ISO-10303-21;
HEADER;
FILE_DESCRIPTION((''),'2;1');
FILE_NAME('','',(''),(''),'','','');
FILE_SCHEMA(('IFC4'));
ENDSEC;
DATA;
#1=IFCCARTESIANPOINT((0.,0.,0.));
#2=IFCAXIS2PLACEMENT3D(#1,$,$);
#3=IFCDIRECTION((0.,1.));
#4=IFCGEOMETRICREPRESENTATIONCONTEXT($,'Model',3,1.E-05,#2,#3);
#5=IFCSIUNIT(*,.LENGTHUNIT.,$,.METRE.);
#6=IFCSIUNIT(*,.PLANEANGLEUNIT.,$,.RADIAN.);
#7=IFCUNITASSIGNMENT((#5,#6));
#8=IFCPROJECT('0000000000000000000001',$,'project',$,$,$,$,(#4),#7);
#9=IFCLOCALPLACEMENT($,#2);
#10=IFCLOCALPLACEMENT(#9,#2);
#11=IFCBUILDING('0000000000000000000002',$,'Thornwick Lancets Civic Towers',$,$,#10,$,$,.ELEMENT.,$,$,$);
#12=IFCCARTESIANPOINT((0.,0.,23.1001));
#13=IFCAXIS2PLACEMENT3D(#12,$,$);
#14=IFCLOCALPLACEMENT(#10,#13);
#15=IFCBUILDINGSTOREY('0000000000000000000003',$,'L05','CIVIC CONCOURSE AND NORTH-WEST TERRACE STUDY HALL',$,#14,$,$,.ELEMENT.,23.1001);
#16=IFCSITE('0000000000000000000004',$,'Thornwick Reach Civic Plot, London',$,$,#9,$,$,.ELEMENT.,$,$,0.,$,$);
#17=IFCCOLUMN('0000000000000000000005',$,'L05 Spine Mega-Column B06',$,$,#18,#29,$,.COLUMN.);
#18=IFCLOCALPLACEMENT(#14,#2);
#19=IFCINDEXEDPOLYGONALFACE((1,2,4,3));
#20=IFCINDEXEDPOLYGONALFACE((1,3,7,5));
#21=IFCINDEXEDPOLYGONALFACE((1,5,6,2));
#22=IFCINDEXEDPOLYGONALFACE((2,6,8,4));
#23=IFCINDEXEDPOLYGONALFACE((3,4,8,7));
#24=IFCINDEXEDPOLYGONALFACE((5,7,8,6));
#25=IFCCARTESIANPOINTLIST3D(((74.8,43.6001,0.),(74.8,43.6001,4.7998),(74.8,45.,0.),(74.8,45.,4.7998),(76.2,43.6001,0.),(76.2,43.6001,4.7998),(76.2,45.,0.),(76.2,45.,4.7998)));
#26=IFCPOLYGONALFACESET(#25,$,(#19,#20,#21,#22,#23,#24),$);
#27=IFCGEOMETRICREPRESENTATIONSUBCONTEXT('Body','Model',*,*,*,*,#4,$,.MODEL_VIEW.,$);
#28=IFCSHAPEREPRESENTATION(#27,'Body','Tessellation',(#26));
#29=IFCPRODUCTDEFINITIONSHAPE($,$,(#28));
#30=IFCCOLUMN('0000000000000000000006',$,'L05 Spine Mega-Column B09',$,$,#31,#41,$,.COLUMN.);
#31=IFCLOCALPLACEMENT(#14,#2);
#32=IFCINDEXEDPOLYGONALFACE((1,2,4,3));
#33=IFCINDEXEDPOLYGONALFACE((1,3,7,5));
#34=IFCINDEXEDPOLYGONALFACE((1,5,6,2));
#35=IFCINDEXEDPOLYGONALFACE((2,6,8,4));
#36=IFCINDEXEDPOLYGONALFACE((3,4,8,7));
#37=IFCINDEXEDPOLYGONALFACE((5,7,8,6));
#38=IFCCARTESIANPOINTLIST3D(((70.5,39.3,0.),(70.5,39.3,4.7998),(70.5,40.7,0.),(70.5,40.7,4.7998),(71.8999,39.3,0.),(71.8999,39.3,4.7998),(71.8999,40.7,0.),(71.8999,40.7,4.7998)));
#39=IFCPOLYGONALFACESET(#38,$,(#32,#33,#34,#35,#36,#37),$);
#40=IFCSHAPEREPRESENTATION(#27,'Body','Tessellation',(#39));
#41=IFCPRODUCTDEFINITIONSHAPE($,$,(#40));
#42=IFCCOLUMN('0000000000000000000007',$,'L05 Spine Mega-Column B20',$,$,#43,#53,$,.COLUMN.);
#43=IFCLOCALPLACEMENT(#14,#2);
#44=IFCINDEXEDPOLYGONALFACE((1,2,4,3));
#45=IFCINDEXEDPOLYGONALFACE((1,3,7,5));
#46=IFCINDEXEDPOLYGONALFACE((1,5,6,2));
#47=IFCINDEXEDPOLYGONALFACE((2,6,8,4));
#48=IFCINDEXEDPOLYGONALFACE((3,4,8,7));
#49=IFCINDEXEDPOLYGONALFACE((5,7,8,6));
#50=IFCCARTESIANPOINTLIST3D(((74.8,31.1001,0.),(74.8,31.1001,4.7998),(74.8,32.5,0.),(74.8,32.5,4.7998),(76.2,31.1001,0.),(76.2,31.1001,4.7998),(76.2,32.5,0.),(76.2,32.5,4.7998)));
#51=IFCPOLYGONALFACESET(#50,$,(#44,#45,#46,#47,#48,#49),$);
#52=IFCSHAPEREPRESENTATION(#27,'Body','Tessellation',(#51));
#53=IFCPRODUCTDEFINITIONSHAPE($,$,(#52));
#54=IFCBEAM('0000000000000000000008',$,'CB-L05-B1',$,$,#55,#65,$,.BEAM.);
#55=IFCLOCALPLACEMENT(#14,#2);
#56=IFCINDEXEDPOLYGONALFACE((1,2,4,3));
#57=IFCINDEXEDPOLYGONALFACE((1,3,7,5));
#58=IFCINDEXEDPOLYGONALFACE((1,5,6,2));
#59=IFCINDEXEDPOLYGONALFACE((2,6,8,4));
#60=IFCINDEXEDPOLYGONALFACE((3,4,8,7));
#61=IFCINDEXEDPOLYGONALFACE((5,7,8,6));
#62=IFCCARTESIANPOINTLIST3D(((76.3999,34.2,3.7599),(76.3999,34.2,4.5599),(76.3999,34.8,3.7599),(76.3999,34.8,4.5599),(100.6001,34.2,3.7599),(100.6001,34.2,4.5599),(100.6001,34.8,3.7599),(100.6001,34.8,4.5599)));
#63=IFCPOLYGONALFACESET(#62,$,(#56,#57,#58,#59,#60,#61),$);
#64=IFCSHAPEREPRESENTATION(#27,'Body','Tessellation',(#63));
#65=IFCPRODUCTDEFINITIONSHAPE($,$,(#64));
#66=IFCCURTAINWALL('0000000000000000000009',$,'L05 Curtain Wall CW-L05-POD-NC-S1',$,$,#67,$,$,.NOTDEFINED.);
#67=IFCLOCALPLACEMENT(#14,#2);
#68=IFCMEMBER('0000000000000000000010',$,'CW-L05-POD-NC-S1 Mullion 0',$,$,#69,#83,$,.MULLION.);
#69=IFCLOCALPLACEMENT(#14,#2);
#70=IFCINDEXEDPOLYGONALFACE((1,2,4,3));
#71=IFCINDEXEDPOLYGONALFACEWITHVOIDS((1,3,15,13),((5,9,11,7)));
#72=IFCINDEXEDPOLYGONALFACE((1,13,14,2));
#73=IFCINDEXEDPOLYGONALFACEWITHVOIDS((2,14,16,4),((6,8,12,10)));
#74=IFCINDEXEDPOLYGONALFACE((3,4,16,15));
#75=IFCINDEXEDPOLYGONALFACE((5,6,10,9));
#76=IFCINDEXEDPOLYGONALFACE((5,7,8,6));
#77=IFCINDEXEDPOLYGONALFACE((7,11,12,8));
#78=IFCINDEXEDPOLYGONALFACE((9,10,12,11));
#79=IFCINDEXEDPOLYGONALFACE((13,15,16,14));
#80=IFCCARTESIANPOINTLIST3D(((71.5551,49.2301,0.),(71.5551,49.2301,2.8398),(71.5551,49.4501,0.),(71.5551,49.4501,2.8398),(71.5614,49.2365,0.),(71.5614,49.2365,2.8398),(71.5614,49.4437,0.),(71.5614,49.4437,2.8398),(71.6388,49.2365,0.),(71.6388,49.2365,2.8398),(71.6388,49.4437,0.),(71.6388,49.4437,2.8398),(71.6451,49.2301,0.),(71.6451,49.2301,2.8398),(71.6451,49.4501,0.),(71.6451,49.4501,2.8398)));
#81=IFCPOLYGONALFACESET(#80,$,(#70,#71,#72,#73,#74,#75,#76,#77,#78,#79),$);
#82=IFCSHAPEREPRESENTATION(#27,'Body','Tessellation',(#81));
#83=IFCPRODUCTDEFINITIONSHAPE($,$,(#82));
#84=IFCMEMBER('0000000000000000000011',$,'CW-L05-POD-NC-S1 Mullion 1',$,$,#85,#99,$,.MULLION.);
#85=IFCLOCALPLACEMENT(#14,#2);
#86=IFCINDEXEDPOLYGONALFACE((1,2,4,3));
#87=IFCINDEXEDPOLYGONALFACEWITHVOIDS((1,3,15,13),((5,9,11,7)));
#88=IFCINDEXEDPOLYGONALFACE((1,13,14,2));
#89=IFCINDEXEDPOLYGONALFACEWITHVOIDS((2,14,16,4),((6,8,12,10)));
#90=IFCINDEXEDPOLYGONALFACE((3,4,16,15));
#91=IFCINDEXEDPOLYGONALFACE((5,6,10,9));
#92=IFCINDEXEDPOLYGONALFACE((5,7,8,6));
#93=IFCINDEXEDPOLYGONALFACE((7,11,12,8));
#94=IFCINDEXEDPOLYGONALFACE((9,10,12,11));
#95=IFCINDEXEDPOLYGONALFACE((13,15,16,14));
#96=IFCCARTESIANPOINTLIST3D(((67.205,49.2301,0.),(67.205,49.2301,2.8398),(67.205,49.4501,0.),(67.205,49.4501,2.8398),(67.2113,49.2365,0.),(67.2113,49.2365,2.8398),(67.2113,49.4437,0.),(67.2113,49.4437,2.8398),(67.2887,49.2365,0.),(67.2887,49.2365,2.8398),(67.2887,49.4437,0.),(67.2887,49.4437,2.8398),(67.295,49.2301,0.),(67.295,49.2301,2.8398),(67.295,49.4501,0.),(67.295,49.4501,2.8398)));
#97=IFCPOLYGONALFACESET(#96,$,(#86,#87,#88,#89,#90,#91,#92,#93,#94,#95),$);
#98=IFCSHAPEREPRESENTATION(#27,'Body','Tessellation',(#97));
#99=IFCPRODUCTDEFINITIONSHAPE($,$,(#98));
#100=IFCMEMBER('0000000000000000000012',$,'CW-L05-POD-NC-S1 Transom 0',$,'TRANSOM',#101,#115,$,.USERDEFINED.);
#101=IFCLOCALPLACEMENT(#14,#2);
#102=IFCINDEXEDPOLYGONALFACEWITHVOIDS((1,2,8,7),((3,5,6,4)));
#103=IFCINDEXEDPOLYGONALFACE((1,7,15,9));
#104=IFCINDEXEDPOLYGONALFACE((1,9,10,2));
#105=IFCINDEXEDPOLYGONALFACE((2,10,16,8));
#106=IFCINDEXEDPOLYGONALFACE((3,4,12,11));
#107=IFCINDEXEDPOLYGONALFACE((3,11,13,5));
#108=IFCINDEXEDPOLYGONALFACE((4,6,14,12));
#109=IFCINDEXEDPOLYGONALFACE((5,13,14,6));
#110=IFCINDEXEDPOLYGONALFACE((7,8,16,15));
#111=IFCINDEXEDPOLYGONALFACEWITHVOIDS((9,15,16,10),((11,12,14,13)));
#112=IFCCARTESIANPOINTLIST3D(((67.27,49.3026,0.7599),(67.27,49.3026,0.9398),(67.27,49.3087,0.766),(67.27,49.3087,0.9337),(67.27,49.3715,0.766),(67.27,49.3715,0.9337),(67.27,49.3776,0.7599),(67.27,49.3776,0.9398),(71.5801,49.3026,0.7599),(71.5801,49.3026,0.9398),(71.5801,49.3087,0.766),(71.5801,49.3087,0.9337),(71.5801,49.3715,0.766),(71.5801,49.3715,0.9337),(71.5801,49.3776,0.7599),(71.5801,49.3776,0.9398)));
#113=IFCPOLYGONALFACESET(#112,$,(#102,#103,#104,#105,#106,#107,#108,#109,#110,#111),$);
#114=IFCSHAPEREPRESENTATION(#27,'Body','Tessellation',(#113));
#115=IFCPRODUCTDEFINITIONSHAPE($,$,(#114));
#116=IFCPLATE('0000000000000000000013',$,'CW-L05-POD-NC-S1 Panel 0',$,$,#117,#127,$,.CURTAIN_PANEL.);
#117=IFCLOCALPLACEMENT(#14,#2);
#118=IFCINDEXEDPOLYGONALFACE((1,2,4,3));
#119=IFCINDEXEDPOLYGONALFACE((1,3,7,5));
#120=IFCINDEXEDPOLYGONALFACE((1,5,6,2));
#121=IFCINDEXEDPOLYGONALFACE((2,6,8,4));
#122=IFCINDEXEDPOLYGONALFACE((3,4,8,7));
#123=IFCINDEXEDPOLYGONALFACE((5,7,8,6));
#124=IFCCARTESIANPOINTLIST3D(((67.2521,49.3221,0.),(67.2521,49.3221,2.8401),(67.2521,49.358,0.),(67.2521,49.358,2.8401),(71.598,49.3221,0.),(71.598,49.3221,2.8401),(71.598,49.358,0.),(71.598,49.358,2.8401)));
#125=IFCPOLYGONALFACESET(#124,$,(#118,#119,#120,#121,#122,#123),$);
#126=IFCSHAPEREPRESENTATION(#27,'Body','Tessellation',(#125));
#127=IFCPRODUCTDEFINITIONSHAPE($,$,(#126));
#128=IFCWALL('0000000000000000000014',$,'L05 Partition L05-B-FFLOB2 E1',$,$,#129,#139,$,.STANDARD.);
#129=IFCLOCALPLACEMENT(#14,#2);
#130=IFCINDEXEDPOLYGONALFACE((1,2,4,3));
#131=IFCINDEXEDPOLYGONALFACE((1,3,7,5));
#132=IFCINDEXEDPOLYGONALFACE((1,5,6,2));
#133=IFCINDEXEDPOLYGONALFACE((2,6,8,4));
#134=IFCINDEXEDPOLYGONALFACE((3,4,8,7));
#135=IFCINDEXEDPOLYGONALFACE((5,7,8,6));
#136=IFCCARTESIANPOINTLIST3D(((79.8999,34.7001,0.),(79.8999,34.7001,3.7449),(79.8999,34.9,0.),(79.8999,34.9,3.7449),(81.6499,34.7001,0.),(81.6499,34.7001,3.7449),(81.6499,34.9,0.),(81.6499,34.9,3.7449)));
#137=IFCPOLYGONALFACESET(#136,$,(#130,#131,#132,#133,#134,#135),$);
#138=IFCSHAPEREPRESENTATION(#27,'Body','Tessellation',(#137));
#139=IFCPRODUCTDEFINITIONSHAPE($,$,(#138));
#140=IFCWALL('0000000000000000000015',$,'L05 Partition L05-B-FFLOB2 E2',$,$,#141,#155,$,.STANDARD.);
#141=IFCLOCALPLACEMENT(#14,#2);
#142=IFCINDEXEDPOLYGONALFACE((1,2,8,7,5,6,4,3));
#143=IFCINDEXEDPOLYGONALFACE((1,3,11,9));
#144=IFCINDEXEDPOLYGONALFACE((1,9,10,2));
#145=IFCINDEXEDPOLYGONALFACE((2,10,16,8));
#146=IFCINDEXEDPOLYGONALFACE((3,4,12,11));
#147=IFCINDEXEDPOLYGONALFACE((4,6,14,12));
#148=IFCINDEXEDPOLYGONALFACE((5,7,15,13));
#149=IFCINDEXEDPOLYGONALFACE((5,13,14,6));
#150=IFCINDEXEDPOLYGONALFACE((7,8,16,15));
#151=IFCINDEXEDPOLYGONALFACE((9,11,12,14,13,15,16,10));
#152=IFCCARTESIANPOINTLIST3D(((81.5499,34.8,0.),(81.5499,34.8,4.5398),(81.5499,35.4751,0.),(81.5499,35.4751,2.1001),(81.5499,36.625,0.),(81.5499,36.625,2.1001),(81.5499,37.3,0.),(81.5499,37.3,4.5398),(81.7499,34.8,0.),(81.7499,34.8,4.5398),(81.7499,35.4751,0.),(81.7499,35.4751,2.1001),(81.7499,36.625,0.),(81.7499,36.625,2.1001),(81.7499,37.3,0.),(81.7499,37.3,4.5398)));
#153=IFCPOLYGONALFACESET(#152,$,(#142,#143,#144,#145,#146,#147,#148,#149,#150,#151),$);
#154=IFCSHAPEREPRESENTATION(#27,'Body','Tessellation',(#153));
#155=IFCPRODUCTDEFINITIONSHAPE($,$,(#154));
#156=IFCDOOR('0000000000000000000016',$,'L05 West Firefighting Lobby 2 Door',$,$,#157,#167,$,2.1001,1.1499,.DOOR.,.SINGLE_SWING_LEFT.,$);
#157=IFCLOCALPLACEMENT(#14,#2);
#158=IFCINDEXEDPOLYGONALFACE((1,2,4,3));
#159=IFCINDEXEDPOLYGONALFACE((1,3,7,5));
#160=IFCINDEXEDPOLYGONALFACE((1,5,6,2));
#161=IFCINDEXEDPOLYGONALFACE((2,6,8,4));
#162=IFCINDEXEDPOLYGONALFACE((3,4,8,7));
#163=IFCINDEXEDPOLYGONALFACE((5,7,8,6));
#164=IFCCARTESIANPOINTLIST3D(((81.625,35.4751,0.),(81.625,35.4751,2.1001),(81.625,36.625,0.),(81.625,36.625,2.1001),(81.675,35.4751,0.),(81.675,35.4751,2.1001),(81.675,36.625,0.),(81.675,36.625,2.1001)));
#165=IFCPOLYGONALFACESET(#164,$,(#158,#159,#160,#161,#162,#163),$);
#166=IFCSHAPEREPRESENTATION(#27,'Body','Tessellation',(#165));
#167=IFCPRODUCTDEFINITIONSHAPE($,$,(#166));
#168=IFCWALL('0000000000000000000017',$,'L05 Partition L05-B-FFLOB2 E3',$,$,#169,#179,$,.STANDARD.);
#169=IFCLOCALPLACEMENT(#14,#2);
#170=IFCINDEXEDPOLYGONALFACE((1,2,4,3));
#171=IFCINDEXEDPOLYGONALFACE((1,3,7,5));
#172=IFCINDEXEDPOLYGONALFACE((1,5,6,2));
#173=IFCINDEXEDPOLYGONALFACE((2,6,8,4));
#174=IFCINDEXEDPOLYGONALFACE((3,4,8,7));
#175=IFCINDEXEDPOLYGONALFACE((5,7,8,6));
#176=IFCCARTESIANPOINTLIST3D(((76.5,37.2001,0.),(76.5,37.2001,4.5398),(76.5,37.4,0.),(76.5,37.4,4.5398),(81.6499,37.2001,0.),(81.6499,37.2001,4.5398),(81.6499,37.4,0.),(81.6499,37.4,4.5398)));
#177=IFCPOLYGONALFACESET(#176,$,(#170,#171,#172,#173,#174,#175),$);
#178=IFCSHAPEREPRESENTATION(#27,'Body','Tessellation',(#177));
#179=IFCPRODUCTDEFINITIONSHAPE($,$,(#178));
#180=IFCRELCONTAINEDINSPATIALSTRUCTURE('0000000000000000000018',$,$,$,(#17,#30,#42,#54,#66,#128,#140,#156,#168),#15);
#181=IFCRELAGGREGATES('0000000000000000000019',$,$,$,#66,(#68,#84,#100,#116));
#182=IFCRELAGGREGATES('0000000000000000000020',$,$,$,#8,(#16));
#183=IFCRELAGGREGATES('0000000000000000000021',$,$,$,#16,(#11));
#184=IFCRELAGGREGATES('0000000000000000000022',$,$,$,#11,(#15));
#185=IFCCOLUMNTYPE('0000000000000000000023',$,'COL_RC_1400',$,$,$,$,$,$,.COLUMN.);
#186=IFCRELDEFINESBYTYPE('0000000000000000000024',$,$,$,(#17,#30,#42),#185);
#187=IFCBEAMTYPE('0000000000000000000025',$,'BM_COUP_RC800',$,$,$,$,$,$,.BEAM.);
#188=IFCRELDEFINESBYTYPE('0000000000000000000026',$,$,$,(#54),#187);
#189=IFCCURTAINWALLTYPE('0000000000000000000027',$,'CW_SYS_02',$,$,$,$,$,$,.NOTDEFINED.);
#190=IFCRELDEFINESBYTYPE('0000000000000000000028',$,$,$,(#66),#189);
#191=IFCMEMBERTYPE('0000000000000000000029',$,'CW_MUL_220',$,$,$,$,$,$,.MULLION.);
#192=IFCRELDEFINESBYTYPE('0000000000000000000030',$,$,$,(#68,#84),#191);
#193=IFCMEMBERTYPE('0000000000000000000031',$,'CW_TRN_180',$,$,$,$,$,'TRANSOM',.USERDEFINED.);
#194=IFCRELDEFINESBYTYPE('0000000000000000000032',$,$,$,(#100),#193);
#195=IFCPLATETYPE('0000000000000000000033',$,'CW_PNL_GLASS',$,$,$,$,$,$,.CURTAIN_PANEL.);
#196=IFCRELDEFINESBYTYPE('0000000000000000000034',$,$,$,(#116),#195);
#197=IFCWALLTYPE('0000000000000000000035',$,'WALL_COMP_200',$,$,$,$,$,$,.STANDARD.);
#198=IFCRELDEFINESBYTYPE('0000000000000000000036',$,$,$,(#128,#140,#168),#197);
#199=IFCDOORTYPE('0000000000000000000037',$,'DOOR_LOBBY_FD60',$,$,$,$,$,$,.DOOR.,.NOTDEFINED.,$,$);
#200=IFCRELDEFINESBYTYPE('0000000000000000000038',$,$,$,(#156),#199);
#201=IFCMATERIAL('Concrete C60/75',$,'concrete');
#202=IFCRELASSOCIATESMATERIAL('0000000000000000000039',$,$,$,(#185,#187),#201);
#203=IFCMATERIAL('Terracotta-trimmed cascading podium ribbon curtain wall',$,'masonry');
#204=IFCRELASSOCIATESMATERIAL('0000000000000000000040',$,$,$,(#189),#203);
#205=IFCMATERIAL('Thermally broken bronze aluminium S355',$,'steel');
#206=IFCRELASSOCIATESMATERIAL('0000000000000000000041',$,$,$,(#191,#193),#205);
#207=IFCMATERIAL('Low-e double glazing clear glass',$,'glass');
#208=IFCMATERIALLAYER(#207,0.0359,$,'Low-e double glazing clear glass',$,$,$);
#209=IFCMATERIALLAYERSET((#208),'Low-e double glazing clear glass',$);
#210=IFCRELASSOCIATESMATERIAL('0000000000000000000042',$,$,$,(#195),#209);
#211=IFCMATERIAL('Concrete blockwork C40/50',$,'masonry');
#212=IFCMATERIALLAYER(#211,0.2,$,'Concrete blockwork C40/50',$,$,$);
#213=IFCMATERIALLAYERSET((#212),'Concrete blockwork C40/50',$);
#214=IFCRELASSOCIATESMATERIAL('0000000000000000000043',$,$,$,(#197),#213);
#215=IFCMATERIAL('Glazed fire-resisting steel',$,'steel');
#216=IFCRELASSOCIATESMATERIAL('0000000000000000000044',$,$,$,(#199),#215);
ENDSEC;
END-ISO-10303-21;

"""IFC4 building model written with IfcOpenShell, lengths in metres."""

from ifc_helpers import new_model, si_unit, direction, frame, frame_2d, origin, origin_2d, place, context, subcontext, project, spatial, rectangle, hollow_rectangle, extrude, material, layer, layer_set, material_profile, profile_set, type_object, element, fill, aggregate, save


model = new_model("IFC4")

# Units and contexts
model_context = context("Model", 3, precision=1e-05, world=origin(), true_north=direction((0.0, 1.0)))
body_context = subcontext(model_context, "Body", "Model", "MODEL_VIEW")
ifc_project = project(units=[si_unit("LENGTHUNIT", "METRE"), si_unit("PLANEANGLEUNIT", "RADIAN")], contexts=[model_context])

# Site, building, storey
site_placement = place(None, origin())
site = spatial("IfcSite", under=ifc_project, at=site_placement, Name="Thornwick Reach Civic Plot, London", CompositionType="ELEMENT", RefElevation=0.0)
building_placement = place(site_placement, origin())
building = spatial("IfcBuilding", under=site, at=building_placement, Name="Thornwick Lancets Civic Towers", CompositionType="ELEMENT")
storey_placement = place(building_placement, frame((0.0, 0.0, 23.1001)))
storey = spatial("IfcBuildingStorey", under=building, at=storey_placement, Name="L05", Description="CIVIC CONCOURSE AND NORTH-WEST TERRACE STUDY HALL", CompositionType="ELEMENT", Elevation=23.1001)

# Columns
ifc_material_1 = material(Name="Concrete C60/75", Category="concrete")
ifc_material_profile_1 = material_profile(ifc_material_1, rectangle(XDim=1.3999, YDim=1.3999, at=origin_2d()), Name="RC 1400x1400")
ifc_profile_set_1 = profile_set([ifc_material_profile_1], Name="Concrete C60/75")
column_type = type_object("IfcColumnType", Name="COL_RC_1400", PredefinedType="COLUMN", material=ifc_profile_set_1)
for number, where, z_axis, x_axis, name in (
    (1, (75.5, 44.3, 0.0), (0.0, 0.0, 1.0), (1.0, 0.0, 0.0), "L05 Spine Mega-Column B06"),
    (2, (71.2, 40.0, 0.0), (0.0, 0.0, 1.0), (1.0, 0.0, 0.0), "L05 Spine Mega-Column B09"),
    (3, (75.5, 31.8, 0.0), (0.0, 0.0, 1.0), (1.0, 0.0, 0.0), "L05 Spine Mega-Column B20"),
):
    element("IfcColumn", number, at=place(storey_placement, frame(where, z_axis=z_axis, x_axis=x_axis)), inside=storey, type_object=column_type, Name=name, PredefinedType="COLUMN", context=body_context, shape_type="SweptSolid", body=[
        extrude(rectangle(XDim=1.3999, YDim=1.3999, at=origin_2d()), origin(), (0.0, 0.0, 1.0), 4.7998),
    ])

# Beam
ifc_material_profile_2 = material_profile(ifc_material_1, rectangle(XDim=0.6001, YDim=0.8, at=origin_2d()), Name="RC 600x800")
ifc_profile_set_2 = profile_set([ifc_material_profile_2], Name="Concrete C60/75")
beam_type = type_object("IfcBeamType", Name="BM_COUP_RC800", PredefinedType="BEAM", material=ifc_profile_set_2)
beam_placement = place(storey_placement, frame((76.3999, 34.5, 4.1599), z_axis=(1.0, 0.0, 0.0), x_axis=(0.0, 1.0, 0.0)))
element("IfcBeam", 4, at=beam_placement, inside=storey, type_object=beam_type, Name="CB-L05-B1", PredefinedType="BEAM", context=body_context, shape_type="SweptSolid", body=[
    extrude(rectangle(XDim=0.6001, YDim=0.8, at=origin_2d()), origin(), (0.0, 0.0, 1.0), 24.2002),
])

# Curtain wall, members, plate
ifc_material_2 = material(Name="Terracotta-trimmed cascading podium ribbon curtain wall", Category="masonry")
curtain_wall_type = type_object("IfcCurtainWallType", Name="CW_SYS_02", PredefinedType="NOTDEFINED", material=ifc_material_2)
curtain_wall_placement = place(storey_placement, origin())
curtain_wall = element("IfcCurtainWall", 5, at=curtain_wall_placement, inside=storey, type_object=curtain_wall_type, Name="L05 Curtain Wall CW-L05-POD-NC-S1", PredefinedType="NOTDEFINED")
ifc_material_3 = material(Name="Thermally broken bronze aluminium S355", Category="steel")
ifc_material_profile_3 = material_profile(ifc_material_3, hollow_rectangle(XDim=0.0901, YDim=0.22, WallThickness=0.0063, at=origin_2d()), Name="RHS 220x90x6.3")
ifc_profile_set_3 = profile_set([ifc_material_profile_3], Name="Thermally broken bronze aluminium S355")
member_type_1 = type_object("IfcMemberType", Name="CW_MUL_220", PredefinedType="MULLION", material=ifc_profile_set_3)
member_1_placement = place(storey_placement, frame((71.6001, 49.3401, 0.0), z_axis=(0.0, 0.0, 1.0), x_axis=(1.0, 0.0, 0.0)))
member_1 = element("IfcMember", 6, at=member_1_placement, type_object=member_type_1, Name="CW-L05-POD-NC-S1 Mullion 0", PredefinedType="MULLION", context=body_context, shape_type="SweptSolid", body=[
    extrude(hollow_rectangle(XDim=0.0901, YDim=0.22, WallThickness=0.0063, at=origin_2d()), origin(), (0.0, 0.0, 1.0), 2.8398),
])
member_2_placement = place(storey_placement, frame((67.25, 49.3401, 0.0), z_axis=(0.0, 0.0, 1.0), x_axis=(1.0, 0.0, 0.0)))
member_2 = element("IfcMember", 7, at=member_2_placement, type_object=member_type_1, Name="CW-L05-POD-NC-S1 Mullion 1", PredefinedType="MULLION", context=body_context, shape_type="SweptSolid", body=[
    extrude(hollow_rectangle(XDim=0.0901, YDim=0.22, WallThickness=0.0063, at=origin_2d()), origin(), (0.0, 0.0, 1.0), 2.8398),
])
ifc_material_profile_4 = material_profile(ifc_material_3, hollow_rectangle(XDim=0.075, YDim=0.1799, WallThickness=0.0061, at=origin_2d()), Name="RHS 180x75x6")
ifc_profile_set_4 = profile_set([ifc_material_profile_4], Name="Thermally broken bronze aluminium S355")
member_type_2 = type_object("IfcMemberType", Name="CW_TRN_180", ElementType="TRANSOM", PredefinedType="USERDEFINED", material=ifc_profile_set_4)
member_3_placement = place(storey_placement, frame((71.5801, 49.3401, 0.8499), z_axis=(-1.0, 0.0, 0.0), x_axis=(0.0, -1.0, 0.0)))
member_3 = element("IfcMember", 8, at=member_3_placement, type_object=member_type_2, Name="CW-L05-POD-NC-S1 Transom 0", ObjectType="TRANSOM", PredefinedType="USERDEFINED", context=body_context, shape_type="SweptSolid", body=[
    extrude(hollow_rectangle(XDim=0.075, YDim=0.1799, WallThickness=0.0061, at=origin_2d()), origin(), (0.0, 0.0, 1.0), 4.3101),
])
ifc_material_4 = material(Name="Low-e double glazing clear glass", Category="glass")
ifc_layer_1 = layer(ifc_material_4, 0.0359, Name="Low-e double glazing clear glass")
ifc_layer_set_1 = layer_set([ifc_layer_1], Name="Low-e double glazing clear glass")
plate_type = type_object("IfcPlateType", Name="CW_PNL_GLASS", PredefinedType="CURTAIN_PANEL", material=ifc_layer_set_1)
plate_placement = place(storey_placement, frame((69.425, 49.3401, 0.0), z_axis=(0.0, 0.0, 1.0), x_axis=(-1.0, 0.0, 0.0)))
plate = element("IfcPlate", 9, at=plate_placement, type_object=plate_type, Name="CW-L05-POD-NC-S1 Panel 0", PredefinedType="CURTAIN_PANEL", context=body_context, shape_type="SweptSolid", body=[
    extrude(rectangle(XDim=4.3459, YDim=0.0359, at=origin_2d()), origin(), (0.0, 0.0, 1.0), 2.8401),
])
aggregate(curtain_wall, [member_1, member_2, member_3, plate])

# Wall
ifc_material_5 = material(Name="Concrete blockwork C40/50", Category="masonry")
ifc_layer_2 = layer(ifc_material_5, 0.2, Name="Concrete blockwork C40/50")
ifc_layer_set_2 = layer_set([ifc_layer_2], Name="Concrete blockwork C40/50")
wall_type_1 = type_object("IfcWallType", Name="WALL_COMP_200", PredefinedType="STANDARD", material=ifc_layer_set_2)
wall_1_placement = place(storey_placement, frame((79.8999, 34.8, 0.0), z_axis=(0.0, 0.0, 1.0), x_axis=(1.0, 0.0, 0.0)))
element("IfcWall", 10, at=wall_1_placement, inside=storey, type_object=wall_type_1, Name="L05 Partition L05-B-FFLOB2 E1", PredefinedType="STANDARD", context=body_context, shape_type="SweptSolid", body=[
    extrude(rectangle(XDim=1.75, YDim=0.2, at=frame_2d((0.875, 0.0))), origin(), (0.0, 0.0, 1.0), 3.7449),
])

# Wall, opening, door
wall_2_placement = place(storey_placement, frame((81.6499, 34.8, 0.0), z_axis=(0.0, 0.0, 1.0), x_axis=(0.0, 1.0, 0.0)))
wall_2 = element("IfcWall", 11, at=wall_2_placement, inside=storey, type_object=wall_type_1, Name="L05 Partition L05-B-FFLOB2 E2", PredefinedType="STANDARD", context=body_context, shape_type="SweptSolid", body=[
    extrude(rectangle(XDim=2.5, YDim=0.2, at=frame_2d((1.25, 0.0))), origin(), (0.0, 0.0, 1.0), 4.5398),
])
opening_1_placement = place(wall_2_placement, frame((0.675, 0.0, 0.0)))
opening_1 = element("IfcOpeningElement", 12, at=opening_1_placement, cuts=wall_2, PredefinedType="OPENING", context=body_context, shape_type="SweptSolid", body=[
    extrude(rectangle(XDim=1.1499, YDim=2.1001, at=frame_2d((0.575, 1.05))), frame((0.0, 0.1099, 0.0), z_axis=(0.0, -1.0, 0.0), x_axis=(1.0, 0.0, 0.0)), (0.0, 0.0, 1.0), 0.22),
])
ifc_material_6 = material(Name="Glazed fire-resisting steel", Category="steel")
door_type_1 = type_object("IfcDoorType", Name="DOOR_LOBBY_FD60", OperationType="NOTDEFINED", PredefinedType="DOOR", material=ifc_material_6)
door_1_placement = place(opening_1_placement, origin())
door_1 = element("IfcDoor", 13, at=door_1_placement, inside=storey, type_object=door_type_1, Name="L05 West Firefighting Lobby 2 Door", OperationType="SINGLE_SWING_LEFT", OverallHeight=2.1001, OverallWidth=1.1499, PredefinedType="DOOR", context=body_context, shape_type="SweptSolid", body=[
    extrude(rectangle(XDim=1.1499, YDim=2.1001, at=frame_2d((0.575, 1.05))), frame((0.0, 0.0249, 0.0), z_axis=(0.0, -1.0, 0.0), x_axis=(1.0, 0.0, 0.0)), (0.0, 0.0, 1.0), 0.05),
])
fill(opening_1, door_1)

# Wall
wall_3_placement = place(storey_placement, frame((81.6499, 37.3, 0.0), z_axis=(0.0, 0.0, 1.0), x_axis=(-1.0, 0.0, 0.0)))
element("IfcWall", 14, at=wall_3_placement, inside=storey, type_object=wall_type_1, Name="L05 Partition L05-B-FFLOB2 E3", PredefinedType="STANDARD", context=body_context, shape_type="SweptSolid", body=[
    extrude(rectangle(XDim=5.1499, YDim=0.2, at=frame_2d((2.575, 0.0))), origin(), (0.0, 0.0, 1.0), 4.5398),
])

save(model, "model.ifc")
